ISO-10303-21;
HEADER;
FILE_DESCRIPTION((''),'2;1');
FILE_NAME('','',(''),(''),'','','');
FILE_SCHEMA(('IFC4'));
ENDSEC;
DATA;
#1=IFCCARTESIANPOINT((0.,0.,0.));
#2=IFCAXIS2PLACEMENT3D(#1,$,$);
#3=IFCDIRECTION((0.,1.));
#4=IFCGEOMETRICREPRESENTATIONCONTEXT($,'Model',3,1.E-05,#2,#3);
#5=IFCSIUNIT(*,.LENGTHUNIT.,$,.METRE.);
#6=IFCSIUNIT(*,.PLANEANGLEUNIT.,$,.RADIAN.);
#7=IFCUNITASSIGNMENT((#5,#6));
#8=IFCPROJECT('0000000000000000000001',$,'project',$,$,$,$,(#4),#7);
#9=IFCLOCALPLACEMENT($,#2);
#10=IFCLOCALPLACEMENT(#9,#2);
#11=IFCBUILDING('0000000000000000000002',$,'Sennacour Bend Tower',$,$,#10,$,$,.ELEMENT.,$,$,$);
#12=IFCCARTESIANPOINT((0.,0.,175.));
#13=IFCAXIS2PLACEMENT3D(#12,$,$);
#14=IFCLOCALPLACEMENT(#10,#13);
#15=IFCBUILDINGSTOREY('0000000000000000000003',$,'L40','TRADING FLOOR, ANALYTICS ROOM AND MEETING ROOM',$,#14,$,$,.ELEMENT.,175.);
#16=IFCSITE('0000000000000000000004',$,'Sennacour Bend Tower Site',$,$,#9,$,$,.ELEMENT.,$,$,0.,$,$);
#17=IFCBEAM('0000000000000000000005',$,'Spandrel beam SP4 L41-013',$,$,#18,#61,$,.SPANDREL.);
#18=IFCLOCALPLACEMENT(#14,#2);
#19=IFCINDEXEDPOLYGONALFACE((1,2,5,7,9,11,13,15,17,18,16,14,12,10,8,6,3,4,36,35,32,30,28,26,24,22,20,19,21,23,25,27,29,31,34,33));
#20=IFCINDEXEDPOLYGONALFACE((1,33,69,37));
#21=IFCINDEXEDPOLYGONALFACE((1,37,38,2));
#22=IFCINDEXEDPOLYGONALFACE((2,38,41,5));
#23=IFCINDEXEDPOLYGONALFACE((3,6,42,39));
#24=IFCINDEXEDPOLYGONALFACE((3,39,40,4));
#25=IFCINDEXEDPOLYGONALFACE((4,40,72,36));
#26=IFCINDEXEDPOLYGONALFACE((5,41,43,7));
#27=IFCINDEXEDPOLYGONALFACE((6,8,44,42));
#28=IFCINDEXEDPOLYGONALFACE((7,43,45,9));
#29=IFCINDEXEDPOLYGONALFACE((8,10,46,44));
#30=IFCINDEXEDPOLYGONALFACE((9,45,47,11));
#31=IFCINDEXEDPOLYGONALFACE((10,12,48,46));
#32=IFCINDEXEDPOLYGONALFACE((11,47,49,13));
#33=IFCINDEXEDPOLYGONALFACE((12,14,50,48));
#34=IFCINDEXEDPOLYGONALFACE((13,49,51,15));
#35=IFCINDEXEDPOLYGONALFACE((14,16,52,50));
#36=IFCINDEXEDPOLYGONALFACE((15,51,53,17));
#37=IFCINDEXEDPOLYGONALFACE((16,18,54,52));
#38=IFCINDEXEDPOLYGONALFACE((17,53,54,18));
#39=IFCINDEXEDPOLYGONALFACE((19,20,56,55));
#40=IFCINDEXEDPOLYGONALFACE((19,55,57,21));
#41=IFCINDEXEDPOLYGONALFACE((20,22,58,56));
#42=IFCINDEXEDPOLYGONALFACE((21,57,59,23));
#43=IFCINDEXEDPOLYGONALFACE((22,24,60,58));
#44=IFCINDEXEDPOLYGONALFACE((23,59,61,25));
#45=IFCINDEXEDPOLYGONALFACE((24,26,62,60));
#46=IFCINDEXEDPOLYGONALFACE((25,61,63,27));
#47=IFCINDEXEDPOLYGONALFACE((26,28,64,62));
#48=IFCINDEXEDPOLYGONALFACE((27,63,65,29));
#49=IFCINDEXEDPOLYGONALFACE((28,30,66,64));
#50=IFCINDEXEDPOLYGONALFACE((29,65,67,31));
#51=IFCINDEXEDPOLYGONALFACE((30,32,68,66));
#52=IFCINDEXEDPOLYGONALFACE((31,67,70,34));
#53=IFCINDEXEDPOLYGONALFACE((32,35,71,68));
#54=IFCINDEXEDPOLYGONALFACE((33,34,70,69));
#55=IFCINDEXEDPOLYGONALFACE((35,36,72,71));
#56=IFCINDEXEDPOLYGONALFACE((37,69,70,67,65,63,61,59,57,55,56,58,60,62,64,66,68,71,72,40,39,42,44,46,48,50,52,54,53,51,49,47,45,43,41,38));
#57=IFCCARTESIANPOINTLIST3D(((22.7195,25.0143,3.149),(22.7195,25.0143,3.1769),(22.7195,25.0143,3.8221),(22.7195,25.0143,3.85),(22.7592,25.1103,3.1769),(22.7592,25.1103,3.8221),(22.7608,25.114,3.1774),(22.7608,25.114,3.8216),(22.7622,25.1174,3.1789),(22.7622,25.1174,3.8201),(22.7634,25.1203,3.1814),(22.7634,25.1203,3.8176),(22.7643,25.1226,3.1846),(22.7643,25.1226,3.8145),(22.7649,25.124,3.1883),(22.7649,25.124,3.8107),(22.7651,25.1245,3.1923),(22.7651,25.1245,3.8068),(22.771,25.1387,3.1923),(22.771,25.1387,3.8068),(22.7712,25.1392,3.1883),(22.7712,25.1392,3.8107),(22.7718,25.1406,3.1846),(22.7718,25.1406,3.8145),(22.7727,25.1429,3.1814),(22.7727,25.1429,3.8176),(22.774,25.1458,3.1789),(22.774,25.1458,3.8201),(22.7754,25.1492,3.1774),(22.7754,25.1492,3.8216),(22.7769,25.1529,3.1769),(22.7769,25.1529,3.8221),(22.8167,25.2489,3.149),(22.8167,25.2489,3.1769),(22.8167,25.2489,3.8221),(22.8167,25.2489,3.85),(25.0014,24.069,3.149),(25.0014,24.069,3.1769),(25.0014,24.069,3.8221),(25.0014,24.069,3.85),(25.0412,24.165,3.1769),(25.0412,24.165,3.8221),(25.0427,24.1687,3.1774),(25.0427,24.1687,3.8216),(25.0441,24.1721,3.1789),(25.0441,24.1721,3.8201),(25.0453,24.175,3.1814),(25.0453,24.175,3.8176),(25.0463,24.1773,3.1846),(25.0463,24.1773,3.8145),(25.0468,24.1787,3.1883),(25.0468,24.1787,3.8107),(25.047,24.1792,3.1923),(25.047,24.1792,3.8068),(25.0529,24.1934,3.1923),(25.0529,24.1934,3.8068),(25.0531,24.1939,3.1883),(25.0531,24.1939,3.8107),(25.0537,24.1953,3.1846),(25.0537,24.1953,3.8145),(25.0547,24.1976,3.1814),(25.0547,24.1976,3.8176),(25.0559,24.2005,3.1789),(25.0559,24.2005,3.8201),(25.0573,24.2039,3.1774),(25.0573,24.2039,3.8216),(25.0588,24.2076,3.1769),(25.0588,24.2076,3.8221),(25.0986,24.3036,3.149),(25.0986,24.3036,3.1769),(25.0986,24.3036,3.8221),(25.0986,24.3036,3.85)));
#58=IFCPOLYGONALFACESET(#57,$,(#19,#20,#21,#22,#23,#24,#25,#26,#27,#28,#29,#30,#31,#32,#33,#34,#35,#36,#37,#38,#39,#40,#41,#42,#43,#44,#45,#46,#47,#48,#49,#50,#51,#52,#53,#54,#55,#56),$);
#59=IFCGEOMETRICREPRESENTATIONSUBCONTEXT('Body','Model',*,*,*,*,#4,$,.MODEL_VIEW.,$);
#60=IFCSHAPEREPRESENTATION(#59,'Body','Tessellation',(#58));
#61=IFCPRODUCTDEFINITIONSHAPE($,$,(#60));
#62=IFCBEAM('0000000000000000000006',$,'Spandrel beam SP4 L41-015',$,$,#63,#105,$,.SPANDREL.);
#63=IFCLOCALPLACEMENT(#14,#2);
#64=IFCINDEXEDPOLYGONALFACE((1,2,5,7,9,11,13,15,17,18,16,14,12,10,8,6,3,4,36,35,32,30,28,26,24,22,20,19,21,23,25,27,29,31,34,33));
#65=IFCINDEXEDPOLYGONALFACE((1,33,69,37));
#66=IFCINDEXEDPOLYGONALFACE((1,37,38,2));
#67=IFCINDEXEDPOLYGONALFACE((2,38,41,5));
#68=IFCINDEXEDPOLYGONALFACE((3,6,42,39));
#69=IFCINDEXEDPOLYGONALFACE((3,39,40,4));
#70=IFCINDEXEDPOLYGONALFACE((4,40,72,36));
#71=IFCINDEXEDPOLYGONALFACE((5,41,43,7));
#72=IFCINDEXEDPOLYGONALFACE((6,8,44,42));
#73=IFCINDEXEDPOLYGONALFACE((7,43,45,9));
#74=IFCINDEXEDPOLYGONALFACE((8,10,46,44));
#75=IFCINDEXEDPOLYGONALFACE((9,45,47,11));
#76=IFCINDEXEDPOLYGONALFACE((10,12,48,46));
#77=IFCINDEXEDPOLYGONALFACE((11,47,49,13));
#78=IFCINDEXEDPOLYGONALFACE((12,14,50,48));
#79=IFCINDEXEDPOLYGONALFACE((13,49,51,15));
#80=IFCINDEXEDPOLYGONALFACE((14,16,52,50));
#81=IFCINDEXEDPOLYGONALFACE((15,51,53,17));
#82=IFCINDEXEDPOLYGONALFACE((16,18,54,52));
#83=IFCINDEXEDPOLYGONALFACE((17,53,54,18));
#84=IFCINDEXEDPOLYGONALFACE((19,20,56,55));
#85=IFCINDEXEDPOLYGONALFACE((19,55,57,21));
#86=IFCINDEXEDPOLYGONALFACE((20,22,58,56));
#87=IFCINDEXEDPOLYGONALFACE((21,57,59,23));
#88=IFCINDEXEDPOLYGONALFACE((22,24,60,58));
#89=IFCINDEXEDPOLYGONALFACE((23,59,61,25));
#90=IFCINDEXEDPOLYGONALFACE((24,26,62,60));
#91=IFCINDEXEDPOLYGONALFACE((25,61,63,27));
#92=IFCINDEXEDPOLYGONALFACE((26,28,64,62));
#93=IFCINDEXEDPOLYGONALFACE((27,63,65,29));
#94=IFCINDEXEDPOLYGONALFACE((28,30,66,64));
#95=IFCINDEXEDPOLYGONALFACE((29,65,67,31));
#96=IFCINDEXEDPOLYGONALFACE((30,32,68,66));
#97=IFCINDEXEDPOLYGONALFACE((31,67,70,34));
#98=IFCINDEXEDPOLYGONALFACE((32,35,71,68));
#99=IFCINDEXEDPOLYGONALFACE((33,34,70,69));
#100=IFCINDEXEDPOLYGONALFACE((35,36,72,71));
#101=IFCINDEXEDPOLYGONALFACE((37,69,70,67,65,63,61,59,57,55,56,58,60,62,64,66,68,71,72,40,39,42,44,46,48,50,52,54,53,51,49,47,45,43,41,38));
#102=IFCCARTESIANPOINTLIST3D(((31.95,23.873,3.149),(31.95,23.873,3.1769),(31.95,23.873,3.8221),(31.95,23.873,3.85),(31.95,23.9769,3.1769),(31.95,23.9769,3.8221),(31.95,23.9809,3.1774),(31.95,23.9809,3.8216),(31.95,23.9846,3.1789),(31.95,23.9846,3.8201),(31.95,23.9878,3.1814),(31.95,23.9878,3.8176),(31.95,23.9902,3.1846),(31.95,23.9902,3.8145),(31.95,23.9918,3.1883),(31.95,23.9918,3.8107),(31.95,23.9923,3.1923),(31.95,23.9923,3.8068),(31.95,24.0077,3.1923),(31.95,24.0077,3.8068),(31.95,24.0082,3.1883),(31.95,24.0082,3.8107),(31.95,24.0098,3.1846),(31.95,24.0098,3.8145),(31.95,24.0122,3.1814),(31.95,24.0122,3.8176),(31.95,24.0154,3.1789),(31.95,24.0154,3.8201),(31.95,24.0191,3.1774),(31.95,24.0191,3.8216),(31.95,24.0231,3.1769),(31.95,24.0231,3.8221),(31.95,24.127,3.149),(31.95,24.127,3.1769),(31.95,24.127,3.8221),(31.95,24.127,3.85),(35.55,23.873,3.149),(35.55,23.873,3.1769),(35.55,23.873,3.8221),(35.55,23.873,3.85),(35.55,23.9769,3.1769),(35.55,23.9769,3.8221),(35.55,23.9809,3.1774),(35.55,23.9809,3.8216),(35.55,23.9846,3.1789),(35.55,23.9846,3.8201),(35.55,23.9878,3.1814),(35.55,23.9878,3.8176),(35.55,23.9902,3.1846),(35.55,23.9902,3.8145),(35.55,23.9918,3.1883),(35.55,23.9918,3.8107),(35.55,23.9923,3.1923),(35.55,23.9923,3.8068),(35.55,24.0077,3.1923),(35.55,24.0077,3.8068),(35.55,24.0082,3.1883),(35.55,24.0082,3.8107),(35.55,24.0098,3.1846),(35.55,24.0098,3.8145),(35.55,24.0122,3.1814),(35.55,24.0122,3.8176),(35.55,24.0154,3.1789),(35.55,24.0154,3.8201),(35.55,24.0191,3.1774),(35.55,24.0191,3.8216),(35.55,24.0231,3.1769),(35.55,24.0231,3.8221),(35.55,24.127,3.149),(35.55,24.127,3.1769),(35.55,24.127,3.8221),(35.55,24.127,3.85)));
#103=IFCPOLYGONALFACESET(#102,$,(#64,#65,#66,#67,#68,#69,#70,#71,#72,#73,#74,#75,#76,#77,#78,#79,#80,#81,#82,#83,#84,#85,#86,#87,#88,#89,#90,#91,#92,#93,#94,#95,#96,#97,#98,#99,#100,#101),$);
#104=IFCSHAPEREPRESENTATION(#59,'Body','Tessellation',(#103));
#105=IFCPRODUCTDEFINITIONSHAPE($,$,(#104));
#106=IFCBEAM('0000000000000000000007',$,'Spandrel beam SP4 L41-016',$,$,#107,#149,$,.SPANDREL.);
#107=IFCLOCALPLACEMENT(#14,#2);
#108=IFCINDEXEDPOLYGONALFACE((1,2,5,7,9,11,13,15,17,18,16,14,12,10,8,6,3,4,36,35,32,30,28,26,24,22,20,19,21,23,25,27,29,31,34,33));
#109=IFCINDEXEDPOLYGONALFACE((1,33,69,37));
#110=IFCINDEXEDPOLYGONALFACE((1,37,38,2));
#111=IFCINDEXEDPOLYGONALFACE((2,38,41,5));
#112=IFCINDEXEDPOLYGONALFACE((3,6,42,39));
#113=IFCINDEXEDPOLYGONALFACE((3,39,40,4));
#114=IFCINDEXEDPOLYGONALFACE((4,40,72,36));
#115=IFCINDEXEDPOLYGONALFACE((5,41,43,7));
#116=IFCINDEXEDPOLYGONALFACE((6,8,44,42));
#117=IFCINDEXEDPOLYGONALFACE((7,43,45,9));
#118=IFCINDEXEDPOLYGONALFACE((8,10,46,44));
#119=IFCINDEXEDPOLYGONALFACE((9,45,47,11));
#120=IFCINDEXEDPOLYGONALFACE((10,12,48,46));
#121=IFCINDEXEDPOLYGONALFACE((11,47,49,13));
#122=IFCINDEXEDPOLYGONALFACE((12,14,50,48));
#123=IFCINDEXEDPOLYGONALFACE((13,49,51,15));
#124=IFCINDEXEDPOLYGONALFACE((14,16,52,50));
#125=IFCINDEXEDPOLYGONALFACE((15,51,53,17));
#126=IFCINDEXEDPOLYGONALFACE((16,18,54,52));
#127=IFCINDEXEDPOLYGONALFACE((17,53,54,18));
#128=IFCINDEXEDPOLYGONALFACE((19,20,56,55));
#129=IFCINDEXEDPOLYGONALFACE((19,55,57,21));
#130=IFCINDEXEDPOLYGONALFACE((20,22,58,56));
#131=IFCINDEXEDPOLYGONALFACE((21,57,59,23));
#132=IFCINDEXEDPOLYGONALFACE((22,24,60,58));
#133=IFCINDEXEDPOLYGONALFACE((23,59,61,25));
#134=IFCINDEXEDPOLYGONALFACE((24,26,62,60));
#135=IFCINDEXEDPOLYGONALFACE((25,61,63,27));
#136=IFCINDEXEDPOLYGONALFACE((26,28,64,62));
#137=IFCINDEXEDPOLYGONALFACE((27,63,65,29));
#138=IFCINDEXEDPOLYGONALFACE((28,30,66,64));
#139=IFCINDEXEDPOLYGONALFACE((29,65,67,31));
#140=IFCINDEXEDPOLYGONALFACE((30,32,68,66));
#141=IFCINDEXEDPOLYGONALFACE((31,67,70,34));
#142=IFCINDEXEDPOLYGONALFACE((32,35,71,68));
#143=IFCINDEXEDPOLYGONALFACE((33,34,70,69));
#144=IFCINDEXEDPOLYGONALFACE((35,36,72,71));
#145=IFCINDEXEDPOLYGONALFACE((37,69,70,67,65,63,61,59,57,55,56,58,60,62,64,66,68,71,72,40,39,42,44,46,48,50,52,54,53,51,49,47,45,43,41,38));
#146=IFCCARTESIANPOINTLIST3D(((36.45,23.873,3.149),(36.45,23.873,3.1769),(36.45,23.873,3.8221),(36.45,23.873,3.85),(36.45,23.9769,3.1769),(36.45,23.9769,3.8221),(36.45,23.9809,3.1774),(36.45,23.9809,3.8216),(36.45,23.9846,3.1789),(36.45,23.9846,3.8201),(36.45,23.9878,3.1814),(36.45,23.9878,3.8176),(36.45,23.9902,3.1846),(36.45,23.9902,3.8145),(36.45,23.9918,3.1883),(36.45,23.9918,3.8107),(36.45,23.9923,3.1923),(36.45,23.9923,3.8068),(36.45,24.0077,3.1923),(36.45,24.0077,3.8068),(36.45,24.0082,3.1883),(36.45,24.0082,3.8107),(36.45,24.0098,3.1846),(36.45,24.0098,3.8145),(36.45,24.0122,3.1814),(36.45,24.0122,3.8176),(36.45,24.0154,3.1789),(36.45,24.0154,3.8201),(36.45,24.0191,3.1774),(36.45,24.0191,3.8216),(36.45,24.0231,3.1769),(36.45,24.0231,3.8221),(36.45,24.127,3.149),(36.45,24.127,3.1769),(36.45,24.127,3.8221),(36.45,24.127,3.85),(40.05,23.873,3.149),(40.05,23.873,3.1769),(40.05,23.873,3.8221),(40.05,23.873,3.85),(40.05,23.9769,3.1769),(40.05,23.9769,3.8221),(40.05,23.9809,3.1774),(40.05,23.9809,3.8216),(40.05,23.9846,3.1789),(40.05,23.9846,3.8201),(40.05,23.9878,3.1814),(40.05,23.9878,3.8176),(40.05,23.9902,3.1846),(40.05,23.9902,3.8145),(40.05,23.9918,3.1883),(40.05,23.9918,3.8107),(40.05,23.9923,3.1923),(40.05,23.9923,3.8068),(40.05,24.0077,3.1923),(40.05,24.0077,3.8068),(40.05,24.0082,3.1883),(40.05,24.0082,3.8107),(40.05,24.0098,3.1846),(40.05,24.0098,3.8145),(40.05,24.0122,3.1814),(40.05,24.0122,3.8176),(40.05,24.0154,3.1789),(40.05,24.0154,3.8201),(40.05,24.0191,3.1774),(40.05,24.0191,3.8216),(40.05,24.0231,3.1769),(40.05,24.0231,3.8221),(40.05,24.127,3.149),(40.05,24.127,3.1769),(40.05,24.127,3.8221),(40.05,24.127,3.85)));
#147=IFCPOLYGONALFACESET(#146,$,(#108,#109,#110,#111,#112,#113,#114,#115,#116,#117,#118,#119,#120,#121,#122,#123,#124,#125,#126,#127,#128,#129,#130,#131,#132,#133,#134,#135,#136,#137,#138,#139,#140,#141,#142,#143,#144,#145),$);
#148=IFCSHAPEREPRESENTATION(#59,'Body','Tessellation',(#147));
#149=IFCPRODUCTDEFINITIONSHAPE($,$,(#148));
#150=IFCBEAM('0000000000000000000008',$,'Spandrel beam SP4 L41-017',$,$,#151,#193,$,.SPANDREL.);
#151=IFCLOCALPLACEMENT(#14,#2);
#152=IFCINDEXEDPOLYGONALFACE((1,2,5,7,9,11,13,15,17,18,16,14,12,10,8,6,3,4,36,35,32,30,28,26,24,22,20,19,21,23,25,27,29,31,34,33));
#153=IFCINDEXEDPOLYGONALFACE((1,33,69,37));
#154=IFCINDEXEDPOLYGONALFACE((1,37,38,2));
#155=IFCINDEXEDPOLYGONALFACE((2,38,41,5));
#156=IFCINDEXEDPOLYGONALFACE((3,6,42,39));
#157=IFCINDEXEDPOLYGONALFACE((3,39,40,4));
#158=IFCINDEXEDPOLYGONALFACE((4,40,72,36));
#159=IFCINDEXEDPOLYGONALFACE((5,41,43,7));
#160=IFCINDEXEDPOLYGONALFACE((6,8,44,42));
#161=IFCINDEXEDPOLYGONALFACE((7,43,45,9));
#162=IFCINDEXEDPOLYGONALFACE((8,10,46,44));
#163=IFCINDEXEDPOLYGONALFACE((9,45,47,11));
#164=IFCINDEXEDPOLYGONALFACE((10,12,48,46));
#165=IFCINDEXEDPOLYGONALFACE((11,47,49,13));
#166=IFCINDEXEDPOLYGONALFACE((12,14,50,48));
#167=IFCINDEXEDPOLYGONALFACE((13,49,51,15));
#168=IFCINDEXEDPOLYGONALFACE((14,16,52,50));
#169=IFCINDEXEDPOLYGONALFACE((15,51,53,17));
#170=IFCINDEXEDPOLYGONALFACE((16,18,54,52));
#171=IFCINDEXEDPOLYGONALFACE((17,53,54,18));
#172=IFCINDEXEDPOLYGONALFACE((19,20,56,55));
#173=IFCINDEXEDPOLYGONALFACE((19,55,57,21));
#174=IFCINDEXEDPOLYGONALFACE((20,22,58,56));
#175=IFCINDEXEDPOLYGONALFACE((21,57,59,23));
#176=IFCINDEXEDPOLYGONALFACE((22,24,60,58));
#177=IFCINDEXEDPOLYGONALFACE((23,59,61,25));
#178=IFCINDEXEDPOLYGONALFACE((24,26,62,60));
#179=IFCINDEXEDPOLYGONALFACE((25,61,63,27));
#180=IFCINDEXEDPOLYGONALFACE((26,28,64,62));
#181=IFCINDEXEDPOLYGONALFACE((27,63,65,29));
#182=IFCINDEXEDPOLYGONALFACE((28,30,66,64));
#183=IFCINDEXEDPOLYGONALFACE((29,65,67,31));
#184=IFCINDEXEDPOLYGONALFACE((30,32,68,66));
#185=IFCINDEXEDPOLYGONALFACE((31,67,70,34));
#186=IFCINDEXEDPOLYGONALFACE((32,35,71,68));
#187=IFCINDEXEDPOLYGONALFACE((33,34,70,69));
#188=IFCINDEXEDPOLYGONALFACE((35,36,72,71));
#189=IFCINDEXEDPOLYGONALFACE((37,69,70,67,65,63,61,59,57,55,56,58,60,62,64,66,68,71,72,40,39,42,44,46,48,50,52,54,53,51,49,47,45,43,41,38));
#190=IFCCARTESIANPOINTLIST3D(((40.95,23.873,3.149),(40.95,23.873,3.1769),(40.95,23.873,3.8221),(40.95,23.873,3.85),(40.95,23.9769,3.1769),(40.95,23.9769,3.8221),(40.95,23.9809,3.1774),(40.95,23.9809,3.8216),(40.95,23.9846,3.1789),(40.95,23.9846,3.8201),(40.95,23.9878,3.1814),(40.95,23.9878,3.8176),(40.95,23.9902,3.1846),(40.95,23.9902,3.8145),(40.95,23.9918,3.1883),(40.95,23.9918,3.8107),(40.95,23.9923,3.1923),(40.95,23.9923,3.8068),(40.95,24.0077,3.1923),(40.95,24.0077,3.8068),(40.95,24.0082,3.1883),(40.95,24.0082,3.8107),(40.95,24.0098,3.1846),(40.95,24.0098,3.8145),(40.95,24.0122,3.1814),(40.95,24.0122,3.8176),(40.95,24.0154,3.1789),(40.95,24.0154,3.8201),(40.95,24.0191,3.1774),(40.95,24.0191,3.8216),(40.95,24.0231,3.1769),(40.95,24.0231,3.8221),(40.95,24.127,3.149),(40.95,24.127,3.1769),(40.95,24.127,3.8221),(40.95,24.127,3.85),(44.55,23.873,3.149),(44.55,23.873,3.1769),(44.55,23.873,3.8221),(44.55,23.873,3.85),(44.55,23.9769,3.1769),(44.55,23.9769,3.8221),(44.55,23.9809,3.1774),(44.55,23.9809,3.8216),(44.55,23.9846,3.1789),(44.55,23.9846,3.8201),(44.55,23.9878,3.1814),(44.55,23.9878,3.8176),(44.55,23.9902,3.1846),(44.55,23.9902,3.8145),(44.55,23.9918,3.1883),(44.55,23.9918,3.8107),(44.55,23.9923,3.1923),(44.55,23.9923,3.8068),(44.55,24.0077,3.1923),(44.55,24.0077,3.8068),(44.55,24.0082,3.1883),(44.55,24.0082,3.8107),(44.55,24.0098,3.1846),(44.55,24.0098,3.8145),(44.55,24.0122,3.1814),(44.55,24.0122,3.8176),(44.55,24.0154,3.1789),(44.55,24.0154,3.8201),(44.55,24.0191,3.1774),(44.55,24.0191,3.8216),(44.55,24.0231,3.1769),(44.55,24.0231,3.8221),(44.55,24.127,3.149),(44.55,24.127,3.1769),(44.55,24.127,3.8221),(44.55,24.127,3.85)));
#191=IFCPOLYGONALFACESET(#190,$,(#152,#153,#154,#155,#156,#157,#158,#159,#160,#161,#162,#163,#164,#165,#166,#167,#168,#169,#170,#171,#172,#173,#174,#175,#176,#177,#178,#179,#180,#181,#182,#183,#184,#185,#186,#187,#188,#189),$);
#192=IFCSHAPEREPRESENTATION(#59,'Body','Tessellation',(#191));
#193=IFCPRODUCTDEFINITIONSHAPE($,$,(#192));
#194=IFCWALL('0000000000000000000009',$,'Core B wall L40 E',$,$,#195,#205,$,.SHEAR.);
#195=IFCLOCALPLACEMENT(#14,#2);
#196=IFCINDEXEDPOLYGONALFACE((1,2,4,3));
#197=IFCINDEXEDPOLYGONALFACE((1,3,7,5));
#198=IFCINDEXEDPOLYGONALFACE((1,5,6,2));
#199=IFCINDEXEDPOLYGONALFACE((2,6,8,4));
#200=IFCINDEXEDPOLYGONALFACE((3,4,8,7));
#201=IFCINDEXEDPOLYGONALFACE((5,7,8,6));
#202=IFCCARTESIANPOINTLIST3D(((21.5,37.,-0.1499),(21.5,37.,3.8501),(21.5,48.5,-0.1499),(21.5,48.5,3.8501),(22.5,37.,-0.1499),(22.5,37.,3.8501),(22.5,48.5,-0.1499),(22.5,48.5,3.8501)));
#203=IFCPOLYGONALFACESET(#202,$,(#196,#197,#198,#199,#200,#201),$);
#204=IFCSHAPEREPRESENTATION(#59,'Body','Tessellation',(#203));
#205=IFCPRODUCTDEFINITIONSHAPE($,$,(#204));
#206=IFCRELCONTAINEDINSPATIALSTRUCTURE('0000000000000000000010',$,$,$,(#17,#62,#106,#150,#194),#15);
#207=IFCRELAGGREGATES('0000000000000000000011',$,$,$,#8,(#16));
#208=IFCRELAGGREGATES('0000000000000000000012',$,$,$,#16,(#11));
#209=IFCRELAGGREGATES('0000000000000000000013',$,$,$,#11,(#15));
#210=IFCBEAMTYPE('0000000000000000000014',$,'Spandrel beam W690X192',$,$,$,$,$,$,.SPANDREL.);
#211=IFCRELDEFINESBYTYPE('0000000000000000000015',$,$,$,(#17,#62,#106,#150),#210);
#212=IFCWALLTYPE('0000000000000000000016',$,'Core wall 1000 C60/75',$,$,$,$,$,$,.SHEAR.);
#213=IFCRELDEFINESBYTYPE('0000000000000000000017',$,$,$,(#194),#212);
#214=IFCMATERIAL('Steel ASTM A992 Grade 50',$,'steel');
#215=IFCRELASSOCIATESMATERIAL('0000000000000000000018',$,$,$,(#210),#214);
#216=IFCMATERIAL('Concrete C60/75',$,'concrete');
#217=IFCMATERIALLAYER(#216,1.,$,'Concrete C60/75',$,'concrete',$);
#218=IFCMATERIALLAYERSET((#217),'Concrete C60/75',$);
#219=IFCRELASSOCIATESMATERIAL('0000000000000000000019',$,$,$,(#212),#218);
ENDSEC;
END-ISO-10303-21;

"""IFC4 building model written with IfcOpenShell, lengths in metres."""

from ifc_helpers import new_model, si_unit, direction, frame, frame_2d, origin, origin_2d, place, context, subcontext, project, spatial, rectangle, i_section, extrude, material, layer, layer_set, material_profile, profile_set, type_object, element, save


model = new_model("IFC4")

# Units and contexts
model_context = context("Model", 3, precision=1e-05, world=origin(), true_north=direction((0.0, 1.0)))
body_context = subcontext(model_context, "Body", "Model", "MODEL_VIEW")
ifc_project = project(units=[si_unit("LENGTHUNIT", "METRE"), si_unit("PLANEANGLEUNIT", "RADIAN")], contexts=[model_context])

# Site, building, storey
site_placement = place(None, origin())
site = spatial("IfcSite", under=ifc_project, at=site_placement, Name="Sennacour Bend Tower Site", CompositionType="ELEMENT", RefElevation=0.0)
building_placement = place(site_placement, origin())
building = spatial("IfcBuilding", under=site, at=building_placement, Name="Sennacour Bend Tower", CompositionType="ELEMENT")
storey_placement = place(building_placement, frame((0.0, 0.0, 175.0)))
storey = spatial("IfcBuildingStorey", under=building, at=storey_placement, Name="L40", Description="TRADING FLOOR, ANALYTICS ROOM AND MEETING ROOM", CompositionType="ELEMENT", Elevation=175.0)

# Beams
ifc_material_1 = material(Name="Steel ASTM A992 Grade 50", Category="steel")
ifc_material_profile_1 = material_profile(ifc_material_1, i_section(OverallWidth=0.2539, OverallDepth=0.7009, WebThickness=0.0154, FlangeThickness=0.0278, FilletRadius=0.0154, at=origin_2d()), Name="Steel ASTM A992 Grade 50", Category="steel")
ifc_profile_set_1 = profile_set([ifc_material_profile_1], Name="Steel ASTM A992 Grade 50")
beam_type = type_object("IfcBeamType", Name="Spandrel beam W690X192", PredefinedType="SPANDREL", material=ifc_profile_set_1)
for number, where, z_axis, x_axis, name in (
    (1, (22.7681, 25.1316, 3.4995), (0.923867, -0.382713, 0.0), (0.382713, 0.923867, 0.0), "Spandrel beam SP4 L41-013"),
):
    element("IfcBeam", number, at=place(storey_placement, frame(where, z_axis=z_axis, x_axis=x_axis)), inside=storey, type_object=beam_type, Name=name, PredefinedType="SPANDREL", context=body_context, shape_type="SweptSolid", body=[
        extrude(i_section(OverallWidth=0.2539, OverallDepth=0.7009, WebThickness=0.0154, FlangeThickness=0.0278, FilletRadius=0.0154, at=origin_2d()), origin(), (0.0, 0.0, 1.0), 2.47),
    ])
for number, where, z_axis, x_axis, name in (
    (2, (31.95, 24.0, 3.4995), (1.0, 0.0, 0.0), (0.0, 1.0, 0.0), "Spandrel beam SP4 L41-015"),
    (3, (36.45, 24.0, 3.4995), (1.0, 0.0, 0.0), (0.0, 1.0, 0.0), "Spandrel beam SP4 L41-016"),
    (4, (40.95, 24.0, 3.4995), (1.0, 0.0, 0.0), (0.0, 1.0, 0.0), "Spandrel beam SP4 L41-017"),
):
    element("IfcBeam", number, at=place(storey_placement, frame(where, z_axis=z_axis, x_axis=x_axis)), inside=storey, type_object=beam_type, Name=name, PredefinedType="SPANDREL", context=body_context, shape_type="SweptSolid", body=[
        extrude(i_section(OverallWidth=0.2539, OverallDepth=0.7009, WebThickness=0.0154, FlangeThickness=0.0278, FilletRadius=0.0154, at=origin_2d()), origin(), (0.0, 0.0, 1.0), 3.6001),
    ])

# Wall
ifc_material_2 = material(Name="Concrete C60/75", Category="concrete")
ifc_layer_1 = layer(ifc_material_2, 1.0, Name="Concrete C60/75", Category="concrete")
ifc_layer_set_1 = layer_set([ifc_layer_1], Name="Concrete C60/75")
wall_type_1 = type_object("IfcWallType", Name="Core wall 1000 C60/75", PredefinedType="SHEAR", material=ifc_layer_set_1)
wall_1_placement = place(storey_placement, frame((22.0, 37.0, -0.1499), z_axis=(0.0, 0.0, 1.0), x_axis=(0.0, 1.0, 0.0)))
element("IfcWall", 5, at=wall_1_placement, inside=storey, type_object=wall_type_1, Name="Core B wall L40 E", PredefinedType="SHEAR", context=body_context, shape_type="SweptSolid", body=[
    extrude(rectangle(XDim=11.5, YDim=1.0, at=frame_2d((5.75, 0.0))), origin(), (0.0, 0.0, 1.0), 4.0),
])

save(model, "model.ifc")
